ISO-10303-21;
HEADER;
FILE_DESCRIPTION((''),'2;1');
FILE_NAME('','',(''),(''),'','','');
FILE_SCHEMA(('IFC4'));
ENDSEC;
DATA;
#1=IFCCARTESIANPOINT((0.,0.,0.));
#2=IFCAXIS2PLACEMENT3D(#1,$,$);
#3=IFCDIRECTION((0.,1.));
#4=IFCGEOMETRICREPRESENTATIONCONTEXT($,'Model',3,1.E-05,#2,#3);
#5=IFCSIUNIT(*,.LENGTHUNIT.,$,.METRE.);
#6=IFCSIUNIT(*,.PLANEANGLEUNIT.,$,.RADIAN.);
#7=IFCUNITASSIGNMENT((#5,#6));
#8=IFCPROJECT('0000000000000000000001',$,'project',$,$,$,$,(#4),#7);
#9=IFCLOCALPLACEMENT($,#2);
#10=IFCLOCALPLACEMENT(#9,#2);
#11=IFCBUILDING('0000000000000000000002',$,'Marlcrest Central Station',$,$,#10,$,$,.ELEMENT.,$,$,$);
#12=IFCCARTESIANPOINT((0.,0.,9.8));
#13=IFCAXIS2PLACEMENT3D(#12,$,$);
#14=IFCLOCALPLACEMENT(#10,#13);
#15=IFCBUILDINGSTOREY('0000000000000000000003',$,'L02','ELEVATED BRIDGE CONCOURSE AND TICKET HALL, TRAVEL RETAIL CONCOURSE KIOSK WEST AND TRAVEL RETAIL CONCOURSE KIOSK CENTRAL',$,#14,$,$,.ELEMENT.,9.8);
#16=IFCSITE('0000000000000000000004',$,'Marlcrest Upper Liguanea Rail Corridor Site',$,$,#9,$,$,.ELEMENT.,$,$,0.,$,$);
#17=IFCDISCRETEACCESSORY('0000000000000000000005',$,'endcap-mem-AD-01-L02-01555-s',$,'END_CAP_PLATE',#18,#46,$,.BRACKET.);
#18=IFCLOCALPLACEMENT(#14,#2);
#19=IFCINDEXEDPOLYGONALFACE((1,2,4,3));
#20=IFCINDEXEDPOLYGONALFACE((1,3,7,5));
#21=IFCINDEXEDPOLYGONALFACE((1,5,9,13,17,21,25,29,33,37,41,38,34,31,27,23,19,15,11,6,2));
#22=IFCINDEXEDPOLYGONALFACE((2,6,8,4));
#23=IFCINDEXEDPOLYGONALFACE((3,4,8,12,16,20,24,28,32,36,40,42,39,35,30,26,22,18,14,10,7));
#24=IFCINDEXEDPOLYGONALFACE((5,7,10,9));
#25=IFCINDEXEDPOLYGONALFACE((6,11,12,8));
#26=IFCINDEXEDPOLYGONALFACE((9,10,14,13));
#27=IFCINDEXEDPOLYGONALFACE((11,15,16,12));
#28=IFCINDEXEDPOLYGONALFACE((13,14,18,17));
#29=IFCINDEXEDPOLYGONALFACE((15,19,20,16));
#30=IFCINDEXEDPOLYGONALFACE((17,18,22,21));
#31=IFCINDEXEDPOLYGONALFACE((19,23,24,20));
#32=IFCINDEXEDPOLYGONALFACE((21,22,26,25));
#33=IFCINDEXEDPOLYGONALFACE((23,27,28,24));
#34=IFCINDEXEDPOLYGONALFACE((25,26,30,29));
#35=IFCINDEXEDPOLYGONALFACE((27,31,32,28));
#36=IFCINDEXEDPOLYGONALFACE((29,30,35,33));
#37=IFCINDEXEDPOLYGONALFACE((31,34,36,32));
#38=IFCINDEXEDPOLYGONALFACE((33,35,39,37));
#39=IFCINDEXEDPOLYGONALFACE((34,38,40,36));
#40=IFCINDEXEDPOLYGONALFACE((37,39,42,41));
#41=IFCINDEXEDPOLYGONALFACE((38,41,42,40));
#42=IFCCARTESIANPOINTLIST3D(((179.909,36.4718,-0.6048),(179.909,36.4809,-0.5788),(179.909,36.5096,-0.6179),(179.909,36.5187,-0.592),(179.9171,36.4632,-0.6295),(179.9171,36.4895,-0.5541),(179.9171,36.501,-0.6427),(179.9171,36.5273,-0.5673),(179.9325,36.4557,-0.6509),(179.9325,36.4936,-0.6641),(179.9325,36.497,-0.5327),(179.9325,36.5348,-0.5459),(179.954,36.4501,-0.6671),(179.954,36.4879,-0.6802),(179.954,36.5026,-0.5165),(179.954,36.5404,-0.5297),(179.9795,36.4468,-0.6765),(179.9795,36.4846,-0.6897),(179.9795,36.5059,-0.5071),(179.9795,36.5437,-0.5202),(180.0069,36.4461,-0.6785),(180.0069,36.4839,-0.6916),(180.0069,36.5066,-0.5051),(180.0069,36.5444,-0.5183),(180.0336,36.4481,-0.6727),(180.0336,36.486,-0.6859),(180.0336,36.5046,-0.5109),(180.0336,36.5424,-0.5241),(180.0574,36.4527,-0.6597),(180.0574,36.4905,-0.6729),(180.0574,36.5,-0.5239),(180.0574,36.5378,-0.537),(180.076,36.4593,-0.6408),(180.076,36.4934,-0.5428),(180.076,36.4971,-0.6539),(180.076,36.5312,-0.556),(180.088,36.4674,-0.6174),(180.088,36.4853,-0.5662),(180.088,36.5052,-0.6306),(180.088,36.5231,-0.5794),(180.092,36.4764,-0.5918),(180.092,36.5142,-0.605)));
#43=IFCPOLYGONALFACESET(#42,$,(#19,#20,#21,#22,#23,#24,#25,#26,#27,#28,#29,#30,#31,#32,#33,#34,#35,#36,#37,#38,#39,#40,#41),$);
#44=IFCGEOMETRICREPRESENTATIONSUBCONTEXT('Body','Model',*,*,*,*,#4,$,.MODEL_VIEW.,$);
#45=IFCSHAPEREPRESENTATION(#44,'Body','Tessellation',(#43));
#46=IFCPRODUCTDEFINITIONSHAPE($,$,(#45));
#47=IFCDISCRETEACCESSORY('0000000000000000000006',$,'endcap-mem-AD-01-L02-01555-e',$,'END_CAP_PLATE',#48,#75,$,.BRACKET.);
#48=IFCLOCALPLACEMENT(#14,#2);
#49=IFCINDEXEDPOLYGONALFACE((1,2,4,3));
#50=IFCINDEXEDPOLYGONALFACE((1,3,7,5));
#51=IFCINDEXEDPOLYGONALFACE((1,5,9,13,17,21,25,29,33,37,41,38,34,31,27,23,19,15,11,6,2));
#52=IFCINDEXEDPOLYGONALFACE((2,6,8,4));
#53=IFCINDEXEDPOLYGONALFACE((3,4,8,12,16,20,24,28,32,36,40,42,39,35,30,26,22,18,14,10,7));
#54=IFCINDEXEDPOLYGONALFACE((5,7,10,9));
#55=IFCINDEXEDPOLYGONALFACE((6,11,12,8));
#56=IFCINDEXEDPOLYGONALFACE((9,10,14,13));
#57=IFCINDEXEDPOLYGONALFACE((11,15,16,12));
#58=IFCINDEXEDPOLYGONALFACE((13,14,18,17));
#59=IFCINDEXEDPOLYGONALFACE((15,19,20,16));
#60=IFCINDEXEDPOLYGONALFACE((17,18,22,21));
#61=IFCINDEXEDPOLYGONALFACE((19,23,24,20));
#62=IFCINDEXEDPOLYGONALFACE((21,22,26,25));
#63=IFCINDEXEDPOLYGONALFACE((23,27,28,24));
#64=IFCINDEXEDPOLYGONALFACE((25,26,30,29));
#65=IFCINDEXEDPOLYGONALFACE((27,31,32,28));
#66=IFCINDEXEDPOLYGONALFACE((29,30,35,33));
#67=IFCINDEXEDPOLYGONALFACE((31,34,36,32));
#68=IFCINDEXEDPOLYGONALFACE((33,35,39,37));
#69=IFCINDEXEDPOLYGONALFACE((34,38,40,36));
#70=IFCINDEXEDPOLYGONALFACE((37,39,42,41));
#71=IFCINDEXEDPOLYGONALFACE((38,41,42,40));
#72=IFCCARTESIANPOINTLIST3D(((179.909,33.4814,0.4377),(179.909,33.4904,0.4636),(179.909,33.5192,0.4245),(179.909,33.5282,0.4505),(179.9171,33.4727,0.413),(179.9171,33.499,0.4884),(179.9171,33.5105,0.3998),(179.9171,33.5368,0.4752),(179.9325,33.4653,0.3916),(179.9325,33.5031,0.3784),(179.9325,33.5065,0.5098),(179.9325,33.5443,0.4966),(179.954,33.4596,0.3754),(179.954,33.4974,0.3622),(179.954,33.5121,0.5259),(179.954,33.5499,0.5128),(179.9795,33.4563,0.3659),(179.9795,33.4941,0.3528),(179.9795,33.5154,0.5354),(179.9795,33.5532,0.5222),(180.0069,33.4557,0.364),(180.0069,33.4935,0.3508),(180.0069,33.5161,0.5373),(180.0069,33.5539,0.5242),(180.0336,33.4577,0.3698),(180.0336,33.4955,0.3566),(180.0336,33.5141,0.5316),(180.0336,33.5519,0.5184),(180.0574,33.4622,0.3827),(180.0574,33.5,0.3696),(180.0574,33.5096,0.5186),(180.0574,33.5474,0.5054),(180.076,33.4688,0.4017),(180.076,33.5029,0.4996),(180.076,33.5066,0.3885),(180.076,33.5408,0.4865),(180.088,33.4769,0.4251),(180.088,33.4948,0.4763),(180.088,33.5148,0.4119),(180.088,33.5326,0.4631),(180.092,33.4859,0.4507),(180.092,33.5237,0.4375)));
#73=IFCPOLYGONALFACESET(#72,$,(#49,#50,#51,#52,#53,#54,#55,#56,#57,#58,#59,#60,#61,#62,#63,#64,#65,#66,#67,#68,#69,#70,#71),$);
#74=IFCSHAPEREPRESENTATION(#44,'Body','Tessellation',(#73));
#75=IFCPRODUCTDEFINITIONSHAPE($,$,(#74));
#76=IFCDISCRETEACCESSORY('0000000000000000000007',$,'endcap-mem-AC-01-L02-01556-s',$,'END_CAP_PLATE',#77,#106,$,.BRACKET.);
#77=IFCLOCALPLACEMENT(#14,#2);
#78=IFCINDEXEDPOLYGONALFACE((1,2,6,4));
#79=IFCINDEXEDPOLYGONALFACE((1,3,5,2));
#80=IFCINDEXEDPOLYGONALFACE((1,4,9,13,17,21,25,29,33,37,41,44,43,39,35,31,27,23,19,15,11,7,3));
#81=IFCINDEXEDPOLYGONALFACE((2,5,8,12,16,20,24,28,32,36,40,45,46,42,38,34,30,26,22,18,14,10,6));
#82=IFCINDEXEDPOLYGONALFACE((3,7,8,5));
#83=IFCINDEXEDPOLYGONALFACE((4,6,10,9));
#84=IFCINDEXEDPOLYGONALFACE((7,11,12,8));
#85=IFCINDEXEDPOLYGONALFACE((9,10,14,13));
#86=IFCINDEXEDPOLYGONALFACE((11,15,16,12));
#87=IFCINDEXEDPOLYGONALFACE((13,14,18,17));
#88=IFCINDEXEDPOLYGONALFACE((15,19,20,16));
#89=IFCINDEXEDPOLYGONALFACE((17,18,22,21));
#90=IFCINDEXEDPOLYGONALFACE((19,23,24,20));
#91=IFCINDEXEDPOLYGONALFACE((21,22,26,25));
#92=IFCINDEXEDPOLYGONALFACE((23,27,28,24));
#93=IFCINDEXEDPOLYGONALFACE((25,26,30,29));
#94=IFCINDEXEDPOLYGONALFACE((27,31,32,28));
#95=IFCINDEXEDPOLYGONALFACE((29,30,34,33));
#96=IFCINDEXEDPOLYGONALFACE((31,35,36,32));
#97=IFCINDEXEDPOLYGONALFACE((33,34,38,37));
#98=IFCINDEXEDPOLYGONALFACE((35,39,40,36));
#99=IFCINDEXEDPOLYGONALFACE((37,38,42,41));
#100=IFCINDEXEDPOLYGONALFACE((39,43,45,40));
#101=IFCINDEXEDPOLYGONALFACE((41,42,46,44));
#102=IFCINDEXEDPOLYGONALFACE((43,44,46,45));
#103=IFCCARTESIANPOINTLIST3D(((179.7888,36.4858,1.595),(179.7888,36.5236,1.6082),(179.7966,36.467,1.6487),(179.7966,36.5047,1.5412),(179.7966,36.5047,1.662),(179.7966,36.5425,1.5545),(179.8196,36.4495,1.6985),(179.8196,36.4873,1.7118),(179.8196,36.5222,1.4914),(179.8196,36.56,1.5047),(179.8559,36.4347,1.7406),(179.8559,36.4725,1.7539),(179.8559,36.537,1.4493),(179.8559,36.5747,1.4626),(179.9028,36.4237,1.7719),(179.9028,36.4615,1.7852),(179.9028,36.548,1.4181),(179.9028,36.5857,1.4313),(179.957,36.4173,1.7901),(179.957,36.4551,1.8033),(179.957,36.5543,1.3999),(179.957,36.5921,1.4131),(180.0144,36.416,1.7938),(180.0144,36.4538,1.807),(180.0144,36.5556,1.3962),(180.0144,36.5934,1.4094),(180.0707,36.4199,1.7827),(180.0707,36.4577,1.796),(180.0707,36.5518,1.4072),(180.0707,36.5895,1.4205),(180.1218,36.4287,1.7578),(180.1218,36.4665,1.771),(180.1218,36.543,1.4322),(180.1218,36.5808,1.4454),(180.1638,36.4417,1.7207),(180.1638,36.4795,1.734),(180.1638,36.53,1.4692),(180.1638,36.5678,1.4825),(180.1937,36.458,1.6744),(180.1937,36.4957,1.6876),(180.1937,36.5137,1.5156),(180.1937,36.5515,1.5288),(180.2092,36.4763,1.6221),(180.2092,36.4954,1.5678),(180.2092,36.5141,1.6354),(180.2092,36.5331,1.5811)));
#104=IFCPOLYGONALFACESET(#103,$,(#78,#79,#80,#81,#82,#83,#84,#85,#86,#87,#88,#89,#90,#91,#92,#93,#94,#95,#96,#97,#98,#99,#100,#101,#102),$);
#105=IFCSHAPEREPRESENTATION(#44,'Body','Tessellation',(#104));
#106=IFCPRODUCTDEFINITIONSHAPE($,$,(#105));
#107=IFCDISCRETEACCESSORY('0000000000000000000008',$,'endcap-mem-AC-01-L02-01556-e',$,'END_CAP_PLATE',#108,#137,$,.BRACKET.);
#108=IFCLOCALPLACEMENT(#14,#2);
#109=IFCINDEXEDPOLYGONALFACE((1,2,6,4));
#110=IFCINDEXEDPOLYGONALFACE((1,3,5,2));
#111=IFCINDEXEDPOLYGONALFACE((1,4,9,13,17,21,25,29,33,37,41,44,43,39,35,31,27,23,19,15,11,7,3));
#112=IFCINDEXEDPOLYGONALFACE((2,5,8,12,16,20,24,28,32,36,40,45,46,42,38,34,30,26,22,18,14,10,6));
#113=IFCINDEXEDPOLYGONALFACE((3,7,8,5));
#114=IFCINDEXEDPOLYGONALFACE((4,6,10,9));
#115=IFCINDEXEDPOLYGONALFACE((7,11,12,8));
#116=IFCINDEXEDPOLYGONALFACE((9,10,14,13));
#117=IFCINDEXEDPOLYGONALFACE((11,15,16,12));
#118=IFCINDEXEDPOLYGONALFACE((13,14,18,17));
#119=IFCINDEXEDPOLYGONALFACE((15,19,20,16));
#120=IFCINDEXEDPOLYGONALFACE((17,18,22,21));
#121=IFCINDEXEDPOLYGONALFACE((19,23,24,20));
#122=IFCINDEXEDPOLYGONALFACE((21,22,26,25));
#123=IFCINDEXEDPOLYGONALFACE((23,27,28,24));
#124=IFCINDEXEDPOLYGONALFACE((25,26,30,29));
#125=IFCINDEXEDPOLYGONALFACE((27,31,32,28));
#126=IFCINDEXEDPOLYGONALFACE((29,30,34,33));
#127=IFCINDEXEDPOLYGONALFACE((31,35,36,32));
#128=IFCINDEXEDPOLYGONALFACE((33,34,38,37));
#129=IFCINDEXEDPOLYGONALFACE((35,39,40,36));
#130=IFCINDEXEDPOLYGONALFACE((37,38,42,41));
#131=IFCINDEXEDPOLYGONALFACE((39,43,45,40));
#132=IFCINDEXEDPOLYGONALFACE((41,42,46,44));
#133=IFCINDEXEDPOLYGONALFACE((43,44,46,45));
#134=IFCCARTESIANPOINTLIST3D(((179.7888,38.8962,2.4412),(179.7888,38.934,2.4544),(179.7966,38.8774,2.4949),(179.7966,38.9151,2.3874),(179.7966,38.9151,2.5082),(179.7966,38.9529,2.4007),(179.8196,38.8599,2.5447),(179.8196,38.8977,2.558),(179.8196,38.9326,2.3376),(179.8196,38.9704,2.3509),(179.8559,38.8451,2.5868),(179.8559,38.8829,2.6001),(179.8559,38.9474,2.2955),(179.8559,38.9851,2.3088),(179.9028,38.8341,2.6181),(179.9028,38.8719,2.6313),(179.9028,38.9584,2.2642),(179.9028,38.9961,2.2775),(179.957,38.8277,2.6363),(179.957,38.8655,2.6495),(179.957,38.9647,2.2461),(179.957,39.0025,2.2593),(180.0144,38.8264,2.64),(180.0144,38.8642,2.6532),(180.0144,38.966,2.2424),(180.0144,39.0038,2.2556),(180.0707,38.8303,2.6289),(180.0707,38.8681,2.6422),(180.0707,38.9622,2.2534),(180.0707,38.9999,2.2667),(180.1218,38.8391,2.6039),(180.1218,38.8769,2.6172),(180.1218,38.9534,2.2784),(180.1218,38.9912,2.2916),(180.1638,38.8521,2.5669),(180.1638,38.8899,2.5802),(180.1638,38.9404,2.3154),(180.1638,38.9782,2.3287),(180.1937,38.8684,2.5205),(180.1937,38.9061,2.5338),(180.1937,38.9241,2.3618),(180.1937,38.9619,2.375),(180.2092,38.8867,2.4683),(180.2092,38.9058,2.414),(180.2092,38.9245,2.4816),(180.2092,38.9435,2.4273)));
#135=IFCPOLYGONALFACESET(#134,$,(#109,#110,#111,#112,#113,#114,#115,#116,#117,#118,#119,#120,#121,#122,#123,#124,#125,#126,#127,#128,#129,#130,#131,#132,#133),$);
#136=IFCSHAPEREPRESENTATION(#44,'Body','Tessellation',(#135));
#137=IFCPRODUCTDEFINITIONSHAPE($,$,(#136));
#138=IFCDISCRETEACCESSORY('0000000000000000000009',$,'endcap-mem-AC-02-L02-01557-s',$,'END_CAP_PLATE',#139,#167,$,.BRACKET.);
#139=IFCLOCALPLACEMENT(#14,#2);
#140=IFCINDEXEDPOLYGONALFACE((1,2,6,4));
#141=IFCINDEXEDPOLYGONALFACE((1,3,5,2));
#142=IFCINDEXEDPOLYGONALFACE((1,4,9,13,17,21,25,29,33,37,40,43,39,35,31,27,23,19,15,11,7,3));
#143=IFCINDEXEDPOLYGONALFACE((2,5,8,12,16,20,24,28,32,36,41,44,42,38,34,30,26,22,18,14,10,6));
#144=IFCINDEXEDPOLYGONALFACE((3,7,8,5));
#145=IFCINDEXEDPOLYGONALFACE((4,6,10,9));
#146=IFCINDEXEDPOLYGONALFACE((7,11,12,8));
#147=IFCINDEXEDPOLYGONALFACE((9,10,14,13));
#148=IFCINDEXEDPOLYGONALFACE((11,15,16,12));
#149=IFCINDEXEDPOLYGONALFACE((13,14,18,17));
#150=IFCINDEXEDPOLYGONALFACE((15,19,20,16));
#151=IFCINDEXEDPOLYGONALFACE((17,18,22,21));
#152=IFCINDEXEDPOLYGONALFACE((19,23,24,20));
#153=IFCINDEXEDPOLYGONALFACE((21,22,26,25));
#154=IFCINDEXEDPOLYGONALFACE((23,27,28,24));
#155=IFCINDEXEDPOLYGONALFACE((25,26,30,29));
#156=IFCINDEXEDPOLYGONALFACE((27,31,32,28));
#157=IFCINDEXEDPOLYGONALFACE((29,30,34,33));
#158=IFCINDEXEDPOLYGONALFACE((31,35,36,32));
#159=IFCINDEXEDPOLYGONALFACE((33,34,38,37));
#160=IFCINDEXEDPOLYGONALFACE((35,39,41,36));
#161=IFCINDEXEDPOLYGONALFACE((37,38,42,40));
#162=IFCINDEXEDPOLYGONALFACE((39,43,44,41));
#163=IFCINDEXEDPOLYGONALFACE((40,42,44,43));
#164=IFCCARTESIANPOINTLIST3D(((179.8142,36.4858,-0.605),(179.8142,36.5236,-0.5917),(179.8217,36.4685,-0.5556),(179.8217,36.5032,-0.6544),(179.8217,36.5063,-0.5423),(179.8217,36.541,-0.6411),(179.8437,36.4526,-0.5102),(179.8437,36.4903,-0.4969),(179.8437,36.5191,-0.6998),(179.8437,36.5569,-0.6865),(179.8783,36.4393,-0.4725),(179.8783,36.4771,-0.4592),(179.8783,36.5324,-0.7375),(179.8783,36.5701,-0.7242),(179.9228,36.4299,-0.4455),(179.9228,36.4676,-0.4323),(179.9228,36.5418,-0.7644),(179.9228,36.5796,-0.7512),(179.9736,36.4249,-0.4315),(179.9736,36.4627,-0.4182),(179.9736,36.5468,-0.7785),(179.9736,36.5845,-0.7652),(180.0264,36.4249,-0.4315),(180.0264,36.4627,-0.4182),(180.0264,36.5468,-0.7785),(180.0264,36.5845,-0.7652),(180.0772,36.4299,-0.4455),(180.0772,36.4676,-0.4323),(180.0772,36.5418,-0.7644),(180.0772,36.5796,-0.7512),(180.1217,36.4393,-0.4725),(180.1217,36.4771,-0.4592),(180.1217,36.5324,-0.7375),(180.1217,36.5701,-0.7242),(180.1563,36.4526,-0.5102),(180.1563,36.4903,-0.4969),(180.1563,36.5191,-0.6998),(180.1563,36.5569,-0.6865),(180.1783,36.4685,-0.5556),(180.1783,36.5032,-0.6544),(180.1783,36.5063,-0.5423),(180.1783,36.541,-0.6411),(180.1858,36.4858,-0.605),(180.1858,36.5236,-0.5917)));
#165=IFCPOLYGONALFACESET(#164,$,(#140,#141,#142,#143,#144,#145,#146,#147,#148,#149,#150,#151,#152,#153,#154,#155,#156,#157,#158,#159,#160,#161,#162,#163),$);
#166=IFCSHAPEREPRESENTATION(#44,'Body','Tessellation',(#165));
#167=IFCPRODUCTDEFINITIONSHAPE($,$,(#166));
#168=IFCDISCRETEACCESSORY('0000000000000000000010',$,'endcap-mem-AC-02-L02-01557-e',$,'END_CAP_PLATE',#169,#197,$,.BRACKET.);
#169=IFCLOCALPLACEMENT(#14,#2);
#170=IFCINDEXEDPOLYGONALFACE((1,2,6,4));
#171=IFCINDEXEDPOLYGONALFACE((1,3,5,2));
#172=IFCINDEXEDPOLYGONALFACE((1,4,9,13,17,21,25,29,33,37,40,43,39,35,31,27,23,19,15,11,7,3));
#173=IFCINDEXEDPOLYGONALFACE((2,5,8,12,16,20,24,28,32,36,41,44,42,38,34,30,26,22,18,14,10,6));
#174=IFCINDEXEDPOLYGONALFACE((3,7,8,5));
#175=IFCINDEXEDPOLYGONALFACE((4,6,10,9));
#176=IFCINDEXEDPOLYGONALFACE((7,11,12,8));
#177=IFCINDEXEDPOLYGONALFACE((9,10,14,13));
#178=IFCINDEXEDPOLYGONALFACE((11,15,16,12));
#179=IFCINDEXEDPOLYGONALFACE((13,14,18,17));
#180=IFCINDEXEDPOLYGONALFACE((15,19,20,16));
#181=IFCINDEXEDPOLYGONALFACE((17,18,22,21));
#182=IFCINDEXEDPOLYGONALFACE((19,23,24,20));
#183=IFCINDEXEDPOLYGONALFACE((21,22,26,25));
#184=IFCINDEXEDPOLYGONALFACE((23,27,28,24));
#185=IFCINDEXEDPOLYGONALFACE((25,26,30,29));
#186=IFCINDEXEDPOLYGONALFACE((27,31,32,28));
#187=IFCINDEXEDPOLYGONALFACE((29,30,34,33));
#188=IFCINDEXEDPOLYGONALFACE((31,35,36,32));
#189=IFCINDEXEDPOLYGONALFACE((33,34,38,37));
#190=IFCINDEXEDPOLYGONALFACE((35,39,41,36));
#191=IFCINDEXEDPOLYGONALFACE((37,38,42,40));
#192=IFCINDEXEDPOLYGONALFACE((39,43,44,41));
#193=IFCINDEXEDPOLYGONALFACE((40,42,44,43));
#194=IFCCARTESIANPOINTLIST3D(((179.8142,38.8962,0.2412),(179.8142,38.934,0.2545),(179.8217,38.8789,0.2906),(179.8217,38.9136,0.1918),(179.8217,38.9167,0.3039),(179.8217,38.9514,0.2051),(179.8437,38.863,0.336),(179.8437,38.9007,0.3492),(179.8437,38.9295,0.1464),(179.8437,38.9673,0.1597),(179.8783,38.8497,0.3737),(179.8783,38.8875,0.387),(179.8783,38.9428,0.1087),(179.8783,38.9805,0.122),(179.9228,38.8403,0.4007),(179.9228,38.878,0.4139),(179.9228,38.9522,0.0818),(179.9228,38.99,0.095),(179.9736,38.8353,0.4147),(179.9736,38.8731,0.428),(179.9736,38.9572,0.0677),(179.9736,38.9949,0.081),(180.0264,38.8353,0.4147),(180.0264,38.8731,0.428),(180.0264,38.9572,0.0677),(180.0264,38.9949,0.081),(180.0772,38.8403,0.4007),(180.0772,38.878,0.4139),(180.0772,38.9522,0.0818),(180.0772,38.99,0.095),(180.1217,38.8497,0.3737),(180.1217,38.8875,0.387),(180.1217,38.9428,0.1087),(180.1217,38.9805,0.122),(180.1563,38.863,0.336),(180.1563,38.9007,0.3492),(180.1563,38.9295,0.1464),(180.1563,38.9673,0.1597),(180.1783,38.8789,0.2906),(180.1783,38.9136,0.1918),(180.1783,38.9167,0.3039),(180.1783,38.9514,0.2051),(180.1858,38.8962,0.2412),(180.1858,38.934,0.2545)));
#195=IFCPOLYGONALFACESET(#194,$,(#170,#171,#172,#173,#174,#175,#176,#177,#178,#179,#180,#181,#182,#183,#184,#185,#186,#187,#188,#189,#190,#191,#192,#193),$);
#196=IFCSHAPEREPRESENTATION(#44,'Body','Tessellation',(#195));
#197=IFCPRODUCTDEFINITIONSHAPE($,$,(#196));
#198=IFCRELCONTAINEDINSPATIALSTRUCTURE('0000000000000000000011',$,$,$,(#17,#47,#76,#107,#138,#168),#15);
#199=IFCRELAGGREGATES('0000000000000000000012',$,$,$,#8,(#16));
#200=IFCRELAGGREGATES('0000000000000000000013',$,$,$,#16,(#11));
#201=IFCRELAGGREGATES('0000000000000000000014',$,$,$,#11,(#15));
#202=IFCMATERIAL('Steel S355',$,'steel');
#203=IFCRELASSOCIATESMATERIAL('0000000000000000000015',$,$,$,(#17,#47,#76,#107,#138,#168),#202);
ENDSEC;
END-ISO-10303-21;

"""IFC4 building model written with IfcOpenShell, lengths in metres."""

from ifc_helpers import new_model, si_unit, direction, frame, origin, origin_2d, place, context, subcontext, project, spatial, circle, extrude, material, element, save


model = new_model("IFC4")

# Units and contexts
model_context = context("Model", 3, precision=1e-05, world=origin(), true_north=direction((0.0, 1.0)))
body_context = subcontext(model_context, "Body", "Model", "MODEL_VIEW")
ifc_project = project(units=[si_unit("LENGTHUNIT", "METRE"), si_unit("PLANEANGLEUNIT", "RADIAN")], contexts=[model_context])

# Site, building, storey
site_placement = place(None, origin())
site = spatial("IfcSite", under=ifc_project, at=site_placement, Name="Marlcrest Upper Liguanea Rail Corridor Site", CompositionType="ELEMENT", RefElevation=0.0)
building_placement = place(site_placement, origin())
building = spatial("IfcBuilding", under=site, at=building_placement, Name="Marlcrest Central Station", CompositionType="ELEMENT")
storey_placement = place(building_placement, frame((0.0, 0.0, 9.8)))
storey = spatial("IfcBuildingStorey", under=building, at=storey_placement, Name="L02", Description="ELEVATED BRIDGE CONCOURSE AND TICKET HALL, TRAVEL RETAIL CONCOURSE KIOSK WEST AND TRAVEL RETAIL CONCOURSE KIOSK CENTRAL", CompositionType="ELEMENT", Elevation=9.8)

# Shared definitions
ifc_material_1 = material(Name="Steel S355", Category="steel")

# Discrete accessories
for number, where, z_axis, x_axis, name in (
    (1, (180.0, 36.5142, -0.605), (0.0, -0.94426, 0.3292), (1.0, 0.0, 0.0), "endcap-mem-AD-01-L02-01555-s"),
    (2, (180.0, 33.5237, 0.4375), (0.0, -0.94426, 0.3292), (1.0, 0.0, 0.0), "endcap-mem-AD-01-L02-01555-e"),
):
    element("IfcDiscreteAccessory", number, at=place(storey_placement, frame(where, z_axis=z_axis, x_axis=x_axis)), inside=storey, material=ifc_material_1, Name=name, ObjectType="END_CAP_PLATE", PredefinedType="BRACKET", context=body_context, shape_type="SweptSolid", body=[
        extrude(circle(Radius=0.092, at=origin_2d()), origin(), (0.0, 0.0, 1.0), 0.04),
    ])
for number, where, z_axis, x_axis, name in (
    (3, (180.0, 36.4858, 1.595), (0.0, 0.943537, 0.331266), (-1.0, 0.0, 0.0), "endcap-mem-AC-01-L02-01556-s"),
    (4, (180.0, 38.8962, 2.4412), (0.0, 0.943537, 0.331266), (-1.0, 0.0, 0.0), "endcap-mem-AC-01-L02-01556-e"),
):
    element("IfcDiscreteAccessory", number, at=place(storey_placement, frame(where, z_axis=z_axis, x_axis=x_axis)), inside=storey, material=ifc_material_1, Name=name, ObjectType="END_CAP_PLATE", PredefinedType="BRACKET", context=body_context, shape_type="SweptSolid", body=[
        extrude(circle(Radius=0.2112, at=origin_2d()), origin(), (0.0, 0.0, 1.0), 0.04),
    ])
for number, where, z_axis, x_axis, name in (
    (5, (180.0, 36.4858, -0.605), (0.0, 0.943537, 0.331266), (-1.0, 0.0, 0.0), "endcap-mem-AC-02-L02-01557-s"),
    (6, (180.0, 38.8962, 0.2412), (0.0, 0.943537, 0.331266), (-1.0, 0.0, 0.0), "endcap-mem-AC-02-L02-01557-e"),
):
    element("IfcDiscreteAccessory", number, at=place(storey_placement, frame(where, z_axis=z_axis, x_axis=x_axis)), inside=storey, material=ifc_material_1, Name=name, ObjectType="END_CAP_PLATE", PredefinedType="BRACKET", context=body_context, shape_type="SweptSolid", body=[
        extrude(circle(Radius=0.1858, at=origin_2d()), origin(), (0.0, 0.0, 1.0), 0.04),
    ])

save(model, "model.ifc")
